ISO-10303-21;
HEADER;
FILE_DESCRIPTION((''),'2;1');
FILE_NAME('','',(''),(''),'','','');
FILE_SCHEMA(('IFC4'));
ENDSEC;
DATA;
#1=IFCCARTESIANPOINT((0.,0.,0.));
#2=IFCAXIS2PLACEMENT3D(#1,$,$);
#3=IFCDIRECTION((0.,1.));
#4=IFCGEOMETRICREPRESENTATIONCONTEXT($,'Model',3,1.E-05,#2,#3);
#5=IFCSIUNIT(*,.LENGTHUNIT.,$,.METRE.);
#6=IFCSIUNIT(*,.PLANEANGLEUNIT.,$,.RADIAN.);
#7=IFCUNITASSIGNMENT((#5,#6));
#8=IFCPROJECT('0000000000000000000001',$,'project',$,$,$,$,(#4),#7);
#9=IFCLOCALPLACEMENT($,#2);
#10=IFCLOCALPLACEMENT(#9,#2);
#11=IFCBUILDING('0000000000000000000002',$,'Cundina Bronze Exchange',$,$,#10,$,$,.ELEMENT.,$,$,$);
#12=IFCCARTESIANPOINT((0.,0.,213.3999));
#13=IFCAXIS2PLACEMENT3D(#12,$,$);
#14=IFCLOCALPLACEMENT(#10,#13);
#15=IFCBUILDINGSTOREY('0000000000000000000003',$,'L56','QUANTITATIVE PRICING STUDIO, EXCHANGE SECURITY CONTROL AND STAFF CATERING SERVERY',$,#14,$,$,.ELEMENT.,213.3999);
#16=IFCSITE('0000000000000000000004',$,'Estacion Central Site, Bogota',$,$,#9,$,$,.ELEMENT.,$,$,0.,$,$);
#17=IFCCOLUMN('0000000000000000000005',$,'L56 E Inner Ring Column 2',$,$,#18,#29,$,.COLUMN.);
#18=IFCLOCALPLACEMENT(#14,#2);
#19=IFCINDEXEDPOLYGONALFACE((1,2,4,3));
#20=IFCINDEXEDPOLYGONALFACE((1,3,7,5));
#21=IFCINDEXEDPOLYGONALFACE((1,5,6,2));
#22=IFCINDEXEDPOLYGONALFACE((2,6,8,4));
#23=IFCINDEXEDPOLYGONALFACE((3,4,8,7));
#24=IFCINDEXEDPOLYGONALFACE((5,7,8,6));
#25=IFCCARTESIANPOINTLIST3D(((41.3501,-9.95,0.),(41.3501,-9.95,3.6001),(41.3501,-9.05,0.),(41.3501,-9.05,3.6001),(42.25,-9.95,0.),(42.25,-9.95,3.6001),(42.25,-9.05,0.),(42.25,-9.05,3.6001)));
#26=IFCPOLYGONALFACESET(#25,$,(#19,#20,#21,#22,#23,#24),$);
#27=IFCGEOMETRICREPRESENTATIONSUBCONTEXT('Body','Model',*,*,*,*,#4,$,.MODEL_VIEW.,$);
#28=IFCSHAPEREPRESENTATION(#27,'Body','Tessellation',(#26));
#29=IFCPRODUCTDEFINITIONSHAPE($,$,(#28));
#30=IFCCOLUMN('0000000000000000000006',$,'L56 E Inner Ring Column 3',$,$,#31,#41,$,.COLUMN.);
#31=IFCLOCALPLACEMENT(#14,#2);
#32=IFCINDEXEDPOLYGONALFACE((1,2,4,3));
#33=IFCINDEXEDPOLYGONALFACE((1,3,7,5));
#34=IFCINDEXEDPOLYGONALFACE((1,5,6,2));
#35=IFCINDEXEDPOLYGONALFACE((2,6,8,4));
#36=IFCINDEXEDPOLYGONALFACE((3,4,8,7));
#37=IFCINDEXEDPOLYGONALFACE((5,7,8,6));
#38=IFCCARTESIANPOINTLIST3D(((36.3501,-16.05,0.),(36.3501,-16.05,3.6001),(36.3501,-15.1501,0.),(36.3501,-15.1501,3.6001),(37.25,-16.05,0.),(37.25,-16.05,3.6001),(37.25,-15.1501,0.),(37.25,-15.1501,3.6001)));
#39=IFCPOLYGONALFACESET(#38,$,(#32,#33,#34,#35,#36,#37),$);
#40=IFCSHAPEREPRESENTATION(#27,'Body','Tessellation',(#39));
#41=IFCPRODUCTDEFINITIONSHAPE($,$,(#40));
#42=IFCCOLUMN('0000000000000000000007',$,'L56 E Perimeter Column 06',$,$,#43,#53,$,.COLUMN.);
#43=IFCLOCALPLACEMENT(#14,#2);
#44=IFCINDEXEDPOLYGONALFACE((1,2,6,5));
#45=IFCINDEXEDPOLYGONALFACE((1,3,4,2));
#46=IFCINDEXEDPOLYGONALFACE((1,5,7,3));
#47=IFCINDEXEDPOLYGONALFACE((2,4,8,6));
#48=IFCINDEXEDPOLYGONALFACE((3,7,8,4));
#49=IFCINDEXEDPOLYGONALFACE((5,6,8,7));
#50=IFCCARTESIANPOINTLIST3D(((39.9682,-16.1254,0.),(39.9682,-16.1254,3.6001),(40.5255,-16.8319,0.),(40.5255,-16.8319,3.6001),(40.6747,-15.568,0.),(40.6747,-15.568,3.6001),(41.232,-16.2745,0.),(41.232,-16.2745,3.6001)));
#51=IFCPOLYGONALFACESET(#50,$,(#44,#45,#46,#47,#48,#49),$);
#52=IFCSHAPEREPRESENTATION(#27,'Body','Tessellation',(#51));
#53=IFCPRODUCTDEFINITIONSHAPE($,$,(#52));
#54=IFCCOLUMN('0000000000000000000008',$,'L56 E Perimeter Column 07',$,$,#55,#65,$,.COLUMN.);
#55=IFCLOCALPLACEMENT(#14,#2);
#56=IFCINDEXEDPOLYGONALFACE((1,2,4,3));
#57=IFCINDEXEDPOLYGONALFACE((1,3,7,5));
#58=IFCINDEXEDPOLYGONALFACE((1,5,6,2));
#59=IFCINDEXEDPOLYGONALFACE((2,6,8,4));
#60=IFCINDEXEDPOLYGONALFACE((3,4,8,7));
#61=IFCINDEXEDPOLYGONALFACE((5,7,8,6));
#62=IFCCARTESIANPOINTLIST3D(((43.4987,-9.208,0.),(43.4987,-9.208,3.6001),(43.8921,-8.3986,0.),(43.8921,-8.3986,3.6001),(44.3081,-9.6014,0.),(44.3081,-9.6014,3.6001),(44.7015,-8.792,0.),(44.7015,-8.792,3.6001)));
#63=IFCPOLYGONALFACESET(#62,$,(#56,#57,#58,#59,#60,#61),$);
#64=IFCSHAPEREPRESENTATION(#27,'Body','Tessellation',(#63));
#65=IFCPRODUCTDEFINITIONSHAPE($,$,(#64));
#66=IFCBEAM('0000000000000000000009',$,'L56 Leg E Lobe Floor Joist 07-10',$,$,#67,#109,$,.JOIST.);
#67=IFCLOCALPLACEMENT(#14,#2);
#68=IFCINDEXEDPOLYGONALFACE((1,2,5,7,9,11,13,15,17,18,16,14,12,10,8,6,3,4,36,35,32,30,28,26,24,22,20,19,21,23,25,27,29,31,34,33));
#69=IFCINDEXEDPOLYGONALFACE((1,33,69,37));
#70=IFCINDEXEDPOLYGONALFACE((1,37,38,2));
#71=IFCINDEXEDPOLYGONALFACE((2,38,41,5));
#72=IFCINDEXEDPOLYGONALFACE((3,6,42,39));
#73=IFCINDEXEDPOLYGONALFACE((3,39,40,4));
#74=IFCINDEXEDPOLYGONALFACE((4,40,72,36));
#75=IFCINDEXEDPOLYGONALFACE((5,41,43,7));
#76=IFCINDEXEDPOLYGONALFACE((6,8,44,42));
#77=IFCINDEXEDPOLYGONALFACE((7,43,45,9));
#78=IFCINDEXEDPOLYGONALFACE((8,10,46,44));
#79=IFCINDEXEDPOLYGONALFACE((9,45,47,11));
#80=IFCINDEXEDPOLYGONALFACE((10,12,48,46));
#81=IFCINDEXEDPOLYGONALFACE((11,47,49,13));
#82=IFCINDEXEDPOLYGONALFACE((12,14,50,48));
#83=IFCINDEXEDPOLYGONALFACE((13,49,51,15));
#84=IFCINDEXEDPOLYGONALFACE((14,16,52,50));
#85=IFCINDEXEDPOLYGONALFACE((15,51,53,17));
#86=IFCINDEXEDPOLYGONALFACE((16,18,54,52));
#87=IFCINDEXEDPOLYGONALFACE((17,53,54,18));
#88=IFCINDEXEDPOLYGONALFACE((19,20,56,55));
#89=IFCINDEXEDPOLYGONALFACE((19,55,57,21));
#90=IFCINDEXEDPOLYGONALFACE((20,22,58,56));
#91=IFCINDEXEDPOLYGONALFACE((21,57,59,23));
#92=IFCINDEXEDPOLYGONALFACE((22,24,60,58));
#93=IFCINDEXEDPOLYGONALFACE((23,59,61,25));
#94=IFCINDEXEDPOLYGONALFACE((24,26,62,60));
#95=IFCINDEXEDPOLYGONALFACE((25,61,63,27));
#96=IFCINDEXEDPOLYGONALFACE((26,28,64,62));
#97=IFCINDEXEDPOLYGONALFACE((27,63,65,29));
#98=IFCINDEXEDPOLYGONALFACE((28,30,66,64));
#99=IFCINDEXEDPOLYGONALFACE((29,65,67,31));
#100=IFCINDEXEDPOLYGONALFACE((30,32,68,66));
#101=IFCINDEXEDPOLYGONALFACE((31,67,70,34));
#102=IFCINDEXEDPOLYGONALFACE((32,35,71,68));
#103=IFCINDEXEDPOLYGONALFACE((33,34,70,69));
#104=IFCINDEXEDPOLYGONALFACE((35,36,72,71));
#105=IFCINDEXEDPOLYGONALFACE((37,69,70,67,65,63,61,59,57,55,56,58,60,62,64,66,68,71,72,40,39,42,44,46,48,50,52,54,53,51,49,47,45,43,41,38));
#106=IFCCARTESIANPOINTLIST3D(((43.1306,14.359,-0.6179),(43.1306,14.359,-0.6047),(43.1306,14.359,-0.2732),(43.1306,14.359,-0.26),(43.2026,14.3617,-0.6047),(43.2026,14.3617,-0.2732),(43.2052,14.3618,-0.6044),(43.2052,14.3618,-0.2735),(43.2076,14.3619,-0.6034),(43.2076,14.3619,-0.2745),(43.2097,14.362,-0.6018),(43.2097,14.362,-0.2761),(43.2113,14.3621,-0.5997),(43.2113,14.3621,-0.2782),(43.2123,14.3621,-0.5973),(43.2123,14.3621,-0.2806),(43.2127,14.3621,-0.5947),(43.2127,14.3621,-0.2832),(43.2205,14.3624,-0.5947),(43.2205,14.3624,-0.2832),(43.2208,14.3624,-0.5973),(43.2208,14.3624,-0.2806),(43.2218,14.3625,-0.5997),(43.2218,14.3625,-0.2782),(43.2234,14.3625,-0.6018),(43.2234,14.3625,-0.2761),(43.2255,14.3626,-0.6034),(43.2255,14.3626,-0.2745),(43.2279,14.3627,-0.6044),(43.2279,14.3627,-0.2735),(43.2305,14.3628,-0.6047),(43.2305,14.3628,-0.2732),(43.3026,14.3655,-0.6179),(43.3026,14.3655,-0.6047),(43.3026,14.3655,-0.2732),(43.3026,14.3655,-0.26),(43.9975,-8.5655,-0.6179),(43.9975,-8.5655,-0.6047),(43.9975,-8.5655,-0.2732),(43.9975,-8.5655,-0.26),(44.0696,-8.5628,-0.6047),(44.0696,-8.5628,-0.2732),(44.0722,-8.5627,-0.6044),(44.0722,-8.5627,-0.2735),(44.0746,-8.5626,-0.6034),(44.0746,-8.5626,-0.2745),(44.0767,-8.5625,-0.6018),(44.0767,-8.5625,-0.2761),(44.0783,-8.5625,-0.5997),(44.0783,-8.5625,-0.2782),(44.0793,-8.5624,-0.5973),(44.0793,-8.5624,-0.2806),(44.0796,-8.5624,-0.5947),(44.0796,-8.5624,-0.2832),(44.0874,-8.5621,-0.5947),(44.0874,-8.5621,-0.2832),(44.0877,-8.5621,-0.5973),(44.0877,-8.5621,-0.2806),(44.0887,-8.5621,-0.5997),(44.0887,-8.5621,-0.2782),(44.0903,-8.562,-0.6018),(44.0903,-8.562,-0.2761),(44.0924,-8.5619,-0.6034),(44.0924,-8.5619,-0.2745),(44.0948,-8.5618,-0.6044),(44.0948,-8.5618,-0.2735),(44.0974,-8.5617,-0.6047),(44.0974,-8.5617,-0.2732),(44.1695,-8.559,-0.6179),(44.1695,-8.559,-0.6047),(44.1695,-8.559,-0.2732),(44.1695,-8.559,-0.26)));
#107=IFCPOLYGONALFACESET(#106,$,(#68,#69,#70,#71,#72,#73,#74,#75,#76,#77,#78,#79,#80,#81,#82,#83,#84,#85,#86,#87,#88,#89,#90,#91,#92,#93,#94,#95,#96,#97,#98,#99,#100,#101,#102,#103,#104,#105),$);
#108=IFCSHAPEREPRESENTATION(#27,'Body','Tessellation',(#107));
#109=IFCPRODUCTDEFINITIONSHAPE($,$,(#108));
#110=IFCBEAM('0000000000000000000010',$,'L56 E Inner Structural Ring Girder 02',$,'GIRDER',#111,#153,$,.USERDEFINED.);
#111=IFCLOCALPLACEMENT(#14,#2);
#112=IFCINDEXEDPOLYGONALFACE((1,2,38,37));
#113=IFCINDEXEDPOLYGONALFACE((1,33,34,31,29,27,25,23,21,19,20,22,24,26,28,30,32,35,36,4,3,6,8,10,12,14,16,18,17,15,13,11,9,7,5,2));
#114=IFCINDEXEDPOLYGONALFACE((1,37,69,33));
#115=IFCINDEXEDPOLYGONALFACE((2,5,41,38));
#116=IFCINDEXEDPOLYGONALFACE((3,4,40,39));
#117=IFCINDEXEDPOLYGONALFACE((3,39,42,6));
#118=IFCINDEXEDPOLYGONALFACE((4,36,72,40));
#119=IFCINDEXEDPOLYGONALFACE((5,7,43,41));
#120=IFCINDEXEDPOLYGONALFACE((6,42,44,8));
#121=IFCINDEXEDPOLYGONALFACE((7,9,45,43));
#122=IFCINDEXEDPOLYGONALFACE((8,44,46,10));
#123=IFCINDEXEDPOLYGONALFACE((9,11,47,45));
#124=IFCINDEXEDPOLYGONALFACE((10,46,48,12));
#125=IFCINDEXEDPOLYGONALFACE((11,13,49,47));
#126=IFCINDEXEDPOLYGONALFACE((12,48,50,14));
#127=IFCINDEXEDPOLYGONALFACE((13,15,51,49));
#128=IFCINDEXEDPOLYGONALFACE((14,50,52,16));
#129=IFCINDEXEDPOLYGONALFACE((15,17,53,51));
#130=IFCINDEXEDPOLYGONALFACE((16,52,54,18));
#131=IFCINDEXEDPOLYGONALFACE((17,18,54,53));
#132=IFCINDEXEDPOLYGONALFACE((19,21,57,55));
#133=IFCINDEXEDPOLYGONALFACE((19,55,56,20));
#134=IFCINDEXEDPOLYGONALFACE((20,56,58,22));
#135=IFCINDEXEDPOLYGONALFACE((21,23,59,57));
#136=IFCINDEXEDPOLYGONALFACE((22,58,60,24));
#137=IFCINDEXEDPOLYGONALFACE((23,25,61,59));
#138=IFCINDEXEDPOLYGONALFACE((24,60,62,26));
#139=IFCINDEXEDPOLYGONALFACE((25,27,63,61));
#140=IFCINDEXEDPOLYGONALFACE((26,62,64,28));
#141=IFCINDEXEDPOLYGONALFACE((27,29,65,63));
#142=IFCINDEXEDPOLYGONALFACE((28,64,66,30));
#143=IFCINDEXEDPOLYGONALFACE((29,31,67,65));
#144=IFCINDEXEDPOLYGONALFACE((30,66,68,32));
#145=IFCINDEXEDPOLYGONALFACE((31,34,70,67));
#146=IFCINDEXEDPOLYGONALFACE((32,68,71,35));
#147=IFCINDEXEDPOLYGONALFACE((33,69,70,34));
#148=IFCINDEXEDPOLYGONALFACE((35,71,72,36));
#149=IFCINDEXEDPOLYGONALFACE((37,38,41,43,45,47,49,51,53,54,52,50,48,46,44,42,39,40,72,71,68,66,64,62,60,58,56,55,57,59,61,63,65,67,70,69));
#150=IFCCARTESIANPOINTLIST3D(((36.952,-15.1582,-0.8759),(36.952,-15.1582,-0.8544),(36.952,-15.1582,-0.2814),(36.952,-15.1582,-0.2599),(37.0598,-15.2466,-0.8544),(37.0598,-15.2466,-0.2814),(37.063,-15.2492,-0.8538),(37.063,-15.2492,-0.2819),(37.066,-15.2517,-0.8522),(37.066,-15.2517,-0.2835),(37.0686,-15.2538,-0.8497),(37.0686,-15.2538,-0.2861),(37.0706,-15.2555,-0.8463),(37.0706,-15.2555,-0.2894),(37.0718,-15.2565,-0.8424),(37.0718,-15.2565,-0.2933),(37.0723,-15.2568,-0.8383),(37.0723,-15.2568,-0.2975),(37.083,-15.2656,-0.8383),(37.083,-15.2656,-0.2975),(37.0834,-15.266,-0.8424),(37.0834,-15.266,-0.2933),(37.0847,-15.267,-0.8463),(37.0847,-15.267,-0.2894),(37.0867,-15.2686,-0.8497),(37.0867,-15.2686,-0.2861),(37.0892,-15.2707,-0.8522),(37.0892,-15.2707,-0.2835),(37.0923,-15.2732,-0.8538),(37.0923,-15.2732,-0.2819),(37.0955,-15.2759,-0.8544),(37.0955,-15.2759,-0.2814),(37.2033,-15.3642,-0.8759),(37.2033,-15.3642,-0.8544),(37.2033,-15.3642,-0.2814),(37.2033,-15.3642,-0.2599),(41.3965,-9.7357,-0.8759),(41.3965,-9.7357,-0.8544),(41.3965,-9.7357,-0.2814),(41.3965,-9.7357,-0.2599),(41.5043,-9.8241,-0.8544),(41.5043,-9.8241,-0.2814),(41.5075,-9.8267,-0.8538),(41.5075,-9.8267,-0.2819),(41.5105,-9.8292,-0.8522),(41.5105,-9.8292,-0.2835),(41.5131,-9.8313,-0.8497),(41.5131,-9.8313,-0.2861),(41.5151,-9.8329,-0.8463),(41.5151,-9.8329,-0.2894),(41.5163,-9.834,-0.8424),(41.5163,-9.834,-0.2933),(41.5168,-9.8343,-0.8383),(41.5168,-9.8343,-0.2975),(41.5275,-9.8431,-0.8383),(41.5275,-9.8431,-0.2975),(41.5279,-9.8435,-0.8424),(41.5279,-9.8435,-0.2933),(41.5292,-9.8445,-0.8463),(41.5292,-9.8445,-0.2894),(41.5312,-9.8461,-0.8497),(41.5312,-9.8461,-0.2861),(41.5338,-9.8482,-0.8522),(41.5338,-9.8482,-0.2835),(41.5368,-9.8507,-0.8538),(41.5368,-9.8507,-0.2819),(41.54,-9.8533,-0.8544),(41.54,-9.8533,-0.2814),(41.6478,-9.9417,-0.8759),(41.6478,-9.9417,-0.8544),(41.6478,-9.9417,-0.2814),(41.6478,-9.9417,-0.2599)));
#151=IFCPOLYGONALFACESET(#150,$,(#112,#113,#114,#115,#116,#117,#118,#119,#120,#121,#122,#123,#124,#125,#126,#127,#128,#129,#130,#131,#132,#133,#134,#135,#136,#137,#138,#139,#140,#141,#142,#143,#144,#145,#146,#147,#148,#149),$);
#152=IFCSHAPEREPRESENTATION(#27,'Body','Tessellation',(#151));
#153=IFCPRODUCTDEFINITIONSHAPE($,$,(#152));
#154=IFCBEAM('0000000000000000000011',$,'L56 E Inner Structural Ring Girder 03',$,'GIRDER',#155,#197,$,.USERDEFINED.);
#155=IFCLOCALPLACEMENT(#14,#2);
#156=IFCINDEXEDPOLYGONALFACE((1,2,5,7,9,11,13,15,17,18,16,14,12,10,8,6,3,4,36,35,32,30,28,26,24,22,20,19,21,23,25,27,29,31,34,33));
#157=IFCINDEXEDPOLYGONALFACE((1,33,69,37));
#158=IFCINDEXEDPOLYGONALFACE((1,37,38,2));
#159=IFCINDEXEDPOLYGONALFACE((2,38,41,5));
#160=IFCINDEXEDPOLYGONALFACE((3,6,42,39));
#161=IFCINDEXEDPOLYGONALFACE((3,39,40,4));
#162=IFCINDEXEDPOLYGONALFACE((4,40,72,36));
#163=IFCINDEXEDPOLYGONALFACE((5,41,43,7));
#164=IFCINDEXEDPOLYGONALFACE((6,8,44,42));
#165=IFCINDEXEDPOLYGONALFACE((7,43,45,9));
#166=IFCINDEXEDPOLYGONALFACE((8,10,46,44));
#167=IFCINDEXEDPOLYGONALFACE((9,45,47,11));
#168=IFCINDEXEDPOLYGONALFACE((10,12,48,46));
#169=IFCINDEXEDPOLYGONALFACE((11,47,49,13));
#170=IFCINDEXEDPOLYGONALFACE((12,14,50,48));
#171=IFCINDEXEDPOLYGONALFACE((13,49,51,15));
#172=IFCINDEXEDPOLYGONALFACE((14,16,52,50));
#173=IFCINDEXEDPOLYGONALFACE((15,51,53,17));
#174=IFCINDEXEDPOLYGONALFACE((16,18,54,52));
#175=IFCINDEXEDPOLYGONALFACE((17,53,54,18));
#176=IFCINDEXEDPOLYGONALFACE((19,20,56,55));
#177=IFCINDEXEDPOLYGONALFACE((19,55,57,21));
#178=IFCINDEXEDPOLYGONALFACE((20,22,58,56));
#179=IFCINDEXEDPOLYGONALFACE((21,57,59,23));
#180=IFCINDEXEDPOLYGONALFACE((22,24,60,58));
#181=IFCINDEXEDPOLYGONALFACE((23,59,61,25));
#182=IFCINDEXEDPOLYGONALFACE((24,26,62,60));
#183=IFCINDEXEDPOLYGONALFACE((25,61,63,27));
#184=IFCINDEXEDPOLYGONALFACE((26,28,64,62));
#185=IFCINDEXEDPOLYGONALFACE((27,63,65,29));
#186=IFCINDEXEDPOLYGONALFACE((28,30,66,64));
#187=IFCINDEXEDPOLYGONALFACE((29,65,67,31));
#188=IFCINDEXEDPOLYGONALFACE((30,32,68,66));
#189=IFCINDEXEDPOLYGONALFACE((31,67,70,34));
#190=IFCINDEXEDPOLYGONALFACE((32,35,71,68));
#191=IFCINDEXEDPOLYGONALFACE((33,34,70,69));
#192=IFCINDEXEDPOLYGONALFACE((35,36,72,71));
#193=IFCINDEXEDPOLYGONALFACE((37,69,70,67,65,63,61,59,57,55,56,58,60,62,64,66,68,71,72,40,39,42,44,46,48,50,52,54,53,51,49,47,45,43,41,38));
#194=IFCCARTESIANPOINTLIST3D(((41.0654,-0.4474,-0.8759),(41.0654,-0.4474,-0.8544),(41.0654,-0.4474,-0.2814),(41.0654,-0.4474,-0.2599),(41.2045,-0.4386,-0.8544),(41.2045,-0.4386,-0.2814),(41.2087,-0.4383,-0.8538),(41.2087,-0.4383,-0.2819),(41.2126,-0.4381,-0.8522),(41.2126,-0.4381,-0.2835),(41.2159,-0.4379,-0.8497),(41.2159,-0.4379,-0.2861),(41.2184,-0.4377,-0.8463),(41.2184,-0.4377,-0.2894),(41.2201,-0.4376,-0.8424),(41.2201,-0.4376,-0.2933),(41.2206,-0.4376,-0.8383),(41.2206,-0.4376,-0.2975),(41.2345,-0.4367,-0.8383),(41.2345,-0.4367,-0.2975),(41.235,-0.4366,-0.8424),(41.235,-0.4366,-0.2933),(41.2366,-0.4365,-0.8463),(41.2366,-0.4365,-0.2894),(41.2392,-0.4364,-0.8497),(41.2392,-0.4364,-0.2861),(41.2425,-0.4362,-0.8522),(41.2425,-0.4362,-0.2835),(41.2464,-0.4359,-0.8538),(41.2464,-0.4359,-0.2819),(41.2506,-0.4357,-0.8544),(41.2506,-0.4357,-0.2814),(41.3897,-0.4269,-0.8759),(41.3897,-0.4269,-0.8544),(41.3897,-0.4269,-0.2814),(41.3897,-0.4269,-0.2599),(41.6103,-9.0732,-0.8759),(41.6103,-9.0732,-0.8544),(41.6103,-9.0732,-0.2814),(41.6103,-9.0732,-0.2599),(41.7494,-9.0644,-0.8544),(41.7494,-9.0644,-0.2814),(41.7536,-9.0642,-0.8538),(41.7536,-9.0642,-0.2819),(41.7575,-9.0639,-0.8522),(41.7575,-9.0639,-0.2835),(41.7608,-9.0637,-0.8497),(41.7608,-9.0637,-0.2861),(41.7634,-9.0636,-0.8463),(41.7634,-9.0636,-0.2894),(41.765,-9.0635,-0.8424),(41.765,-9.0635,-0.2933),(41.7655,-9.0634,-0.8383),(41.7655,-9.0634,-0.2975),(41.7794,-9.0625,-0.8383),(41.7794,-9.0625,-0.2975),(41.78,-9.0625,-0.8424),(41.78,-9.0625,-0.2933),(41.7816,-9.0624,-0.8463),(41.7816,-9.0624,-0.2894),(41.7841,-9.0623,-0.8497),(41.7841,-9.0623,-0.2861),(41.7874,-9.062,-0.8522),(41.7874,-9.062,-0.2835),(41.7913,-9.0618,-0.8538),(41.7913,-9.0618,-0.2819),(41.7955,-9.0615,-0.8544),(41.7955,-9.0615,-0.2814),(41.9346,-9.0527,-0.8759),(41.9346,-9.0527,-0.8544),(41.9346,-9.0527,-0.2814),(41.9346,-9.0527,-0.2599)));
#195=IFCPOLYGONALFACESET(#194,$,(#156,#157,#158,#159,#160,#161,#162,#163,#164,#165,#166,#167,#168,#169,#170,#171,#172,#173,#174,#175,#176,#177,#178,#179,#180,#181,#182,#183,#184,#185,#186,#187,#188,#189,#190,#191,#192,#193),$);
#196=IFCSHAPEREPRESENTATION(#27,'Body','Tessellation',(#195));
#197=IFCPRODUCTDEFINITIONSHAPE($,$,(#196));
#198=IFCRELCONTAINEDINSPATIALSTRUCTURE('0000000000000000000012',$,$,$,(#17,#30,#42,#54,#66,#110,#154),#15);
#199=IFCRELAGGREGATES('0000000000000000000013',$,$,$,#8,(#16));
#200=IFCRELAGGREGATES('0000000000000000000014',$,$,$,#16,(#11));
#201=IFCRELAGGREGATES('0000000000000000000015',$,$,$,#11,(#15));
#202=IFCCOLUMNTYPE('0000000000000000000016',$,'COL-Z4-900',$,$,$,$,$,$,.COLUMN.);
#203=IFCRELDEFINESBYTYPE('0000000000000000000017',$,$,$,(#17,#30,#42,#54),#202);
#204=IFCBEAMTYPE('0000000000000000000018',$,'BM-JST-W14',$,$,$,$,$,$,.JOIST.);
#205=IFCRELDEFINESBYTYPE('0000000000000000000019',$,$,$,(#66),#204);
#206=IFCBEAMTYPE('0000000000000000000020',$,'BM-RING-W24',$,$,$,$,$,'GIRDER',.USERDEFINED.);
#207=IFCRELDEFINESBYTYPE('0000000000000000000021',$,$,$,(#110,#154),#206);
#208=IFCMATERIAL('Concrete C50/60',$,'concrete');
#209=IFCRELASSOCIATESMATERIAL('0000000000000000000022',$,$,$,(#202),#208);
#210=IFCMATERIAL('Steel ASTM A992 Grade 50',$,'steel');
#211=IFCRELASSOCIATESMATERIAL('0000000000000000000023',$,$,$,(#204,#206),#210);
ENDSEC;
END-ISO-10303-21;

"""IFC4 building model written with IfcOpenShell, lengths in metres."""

from ifc_helpers import new_model, si_unit, direction, frame, origin, origin_2d, place, context, subcontext, project, spatial, rectangle, i_section, extrude, material, material_profile, profile_set, type_object, element, save


model = new_model("IFC4")

# Units and contexts
model_context = context("Model", 3, precision=1e-05, world=origin(), true_north=direction((0.0, 1.0)))
body_context = subcontext(model_context, "Body", "Model", "MODEL_VIEW")
ifc_project = project(units=[si_unit("LENGTHUNIT", "METRE"), si_unit("PLANEANGLEUNIT", "RADIAN")], contexts=[model_context])

# Site, building, storey
site_placement = place(None, origin())
site = spatial("IfcSite", under=ifc_project, at=site_placement, Name="Estacion Central Site, Bogota", CompositionType="ELEMENT", RefElevation=0.0)
building_placement = place(site_placement, origin())
building = spatial("IfcBuilding", under=site, at=building_placement, Name="Cundina Bronze Exchange", CompositionType="ELEMENT")
storey_placement = place(building_placement, frame((0.0, 0.0, 213.3999)))
storey = spatial("IfcBuildingStorey", under=building, at=storey_placement, Name="L56", Description="QUANTITATIVE PRICING STUDIO, EXCHANGE SECURITY CONTROL AND STAFF CATERING SERVERY", CompositionType="ELEMENT", Elevation=213.3999)

# Columns
ifc_material_1 = material(Name="Concrete C50/60", Category="concrete")
ifc_material_profile_1 = material_profile(ifc_material_1, rectangle(XDim=0.8999, YDim=0.8999, at=origin_2d()), Name="RC900X900", Category="concrete")
ifc_profile_set_1 = profile_set([ifc_material_profile_1], Name="Concrete C50/60")
column_type = type_object("IfcColumnType", Name="COL-Z4-900", PredefinedType="COLUMN", material=ifc_profile_set_1)
for number, where, z_axis, x_axis, name in (
    (1, (41.8, -9.5, 0.0), (0.0, 0.0, 1.0), (1.0, 0.0, 0.0), "L56 E Inner Ring Column 2"),
    (2, (36.8, -15.6001, 0.0), (0.0, 0.0, 1.0), (1.0, 0.0, 0.0), "L56 E Inner Ring Column 3"),
    (3, (40.6001, -16.2, 0.0), (0.0, 0.0, 1.0), (0.785101, 0.619368, 0.0), "L56 E Perimeter Column 06"),
    (4, (44.1001, -9.0, 0.0), (0.0, 0.0, 1.0), (0.437116, 0.899405, 0.0), "L56 E Perimeter Column 07"),
):
    element("IfcColumn", number, at=place(storey_placement, frame(where, z_axis=z_axis, x_axis=x_axis)), inside=storey, type_object=column_type, Name=name, PredefinedType="COLUMN", context=body_context, shape_type="SweptSolid", body=[
        extrude(rectangle(XDim=0.8999, YDim=0.8999, at=origin_2d()), origin(), (0.0, 0.0, 1.0), 3.6001),
    ])

# Beams
ifc_material_2 = material(Name="Steel ASTM A992 Grade 50", Category="steel")
ifc_material_profile_2 = material_profile(ifc_material_2, i_section(OverallWidth=0.1721, OverallDepth=0.3579, WebThickness=0.0078, FlangeThickness=0.0132, FilletRadius=0.01, at=origin_2d()), Name="W14X38", Category="steel")
ifc_profile_set_2 = profile_set([ifc_material_profile_2], Name="Steel ASTM A992 Grade 50")
beam_type_1 = type_object("IfcBeamType", Name="BM-JST-W14", PredefinedType="JOIST", material=ifc_profile_set_2)
beam_1_placement = place(storey_placement, frame((44.0835, -8.5623, -0.439), z_axis=(-0.03779, 0.999286, 0.0), x_axis=(-0.999286, -0.03779, 0.0)))
element("IfcBeam", 5, at=beam_1_placement, inside=storey, type_object=beam_type_1, Name="L56 Leg E Lobe Floor Joist 07-10", PredefinedType="JOIST", context=body_context, shape_type="SweptSolid", body=[
    extrude(i_section(OverallWidth=0.1721, OverallDepth=0.3579, WebThickness=0.0078, FlangeThickness=0.0132, FilletRadius=0.01, at=origin_2d()), origin(), (0.0, 0.0, 1.0), 22.9409),
])
ifc_material_profile_3 = material_profile(ifc_material_2, i_section(OverallWidth=0.325, OverallDepth=0.616, WebThickness=0.0139, FlangeThickness=0.0215, FilletRadius=0.0161, at=origin_2d()), Name="W24X117", Category="steel")
ifc_profile_set_3 = profile_set([ifc_material_profile_3], Name="Steel ASTM A992 Grade 50")
beam_type_2 = type_object("IfcBeamType", Name="BM-RING-W24", ElementType="GIRDER", PredefinedType="USERDEFINED", material=ifc_profile_set_3)
beam_2_placement = place(storey_placement, frame((37.0776, -15.2612, -0.5679), z_axis=(0.633913, 0.773405, 0.0), x_axis=(-0.773405, 0.633913, 0.0)))
element("IfcBeam", 6, at=beam_2_placement, inside=storey, type_object=beam_type_2, Name="L56 E Inner Structural Ring Girder 02", ObjectType="GIRDER", PredefinedType="USERDEFINED", context=body_context, shape_type="SweptSolid", body=[
    extrude(i_section(OverallWidth=0.325, OverallDepth=0.616, WebThickness=0.0139, FlangeThickness=0.0215, FilletRadius=0.0161, at=origin_2d()), origin(), (0.0, 0.0, 1.0), 7.0112),
])
beam_3_placement = place(storey_placement, frame((41.7725, -9.063, -0.5679), z_axis=(-0.063047, 0.998011, 0.0), x_axis=(-0.998011, -0.063047, 0.0)))
element("IfcBeam", 7, at=beam_3_placement, inside=storey, type_object=beam_type_2, Name="L56 E Inner Structural Ring Girder 03", ObjectType="GIRDER", PredefinedType="USERDEFINED", context=body_context, shape_type="SweptSolid", body=[
    extrude(i_section(OverallWidth=0.325, OverallDepth=0.616, WebThickness=0.0139, FlangeThickness=0.0215, FilletRadius=0.0161, at=origin_2d()), origin(), (0.0, 0.0, 1.0), 8.6431),
])

save(model, "model.ifc")
